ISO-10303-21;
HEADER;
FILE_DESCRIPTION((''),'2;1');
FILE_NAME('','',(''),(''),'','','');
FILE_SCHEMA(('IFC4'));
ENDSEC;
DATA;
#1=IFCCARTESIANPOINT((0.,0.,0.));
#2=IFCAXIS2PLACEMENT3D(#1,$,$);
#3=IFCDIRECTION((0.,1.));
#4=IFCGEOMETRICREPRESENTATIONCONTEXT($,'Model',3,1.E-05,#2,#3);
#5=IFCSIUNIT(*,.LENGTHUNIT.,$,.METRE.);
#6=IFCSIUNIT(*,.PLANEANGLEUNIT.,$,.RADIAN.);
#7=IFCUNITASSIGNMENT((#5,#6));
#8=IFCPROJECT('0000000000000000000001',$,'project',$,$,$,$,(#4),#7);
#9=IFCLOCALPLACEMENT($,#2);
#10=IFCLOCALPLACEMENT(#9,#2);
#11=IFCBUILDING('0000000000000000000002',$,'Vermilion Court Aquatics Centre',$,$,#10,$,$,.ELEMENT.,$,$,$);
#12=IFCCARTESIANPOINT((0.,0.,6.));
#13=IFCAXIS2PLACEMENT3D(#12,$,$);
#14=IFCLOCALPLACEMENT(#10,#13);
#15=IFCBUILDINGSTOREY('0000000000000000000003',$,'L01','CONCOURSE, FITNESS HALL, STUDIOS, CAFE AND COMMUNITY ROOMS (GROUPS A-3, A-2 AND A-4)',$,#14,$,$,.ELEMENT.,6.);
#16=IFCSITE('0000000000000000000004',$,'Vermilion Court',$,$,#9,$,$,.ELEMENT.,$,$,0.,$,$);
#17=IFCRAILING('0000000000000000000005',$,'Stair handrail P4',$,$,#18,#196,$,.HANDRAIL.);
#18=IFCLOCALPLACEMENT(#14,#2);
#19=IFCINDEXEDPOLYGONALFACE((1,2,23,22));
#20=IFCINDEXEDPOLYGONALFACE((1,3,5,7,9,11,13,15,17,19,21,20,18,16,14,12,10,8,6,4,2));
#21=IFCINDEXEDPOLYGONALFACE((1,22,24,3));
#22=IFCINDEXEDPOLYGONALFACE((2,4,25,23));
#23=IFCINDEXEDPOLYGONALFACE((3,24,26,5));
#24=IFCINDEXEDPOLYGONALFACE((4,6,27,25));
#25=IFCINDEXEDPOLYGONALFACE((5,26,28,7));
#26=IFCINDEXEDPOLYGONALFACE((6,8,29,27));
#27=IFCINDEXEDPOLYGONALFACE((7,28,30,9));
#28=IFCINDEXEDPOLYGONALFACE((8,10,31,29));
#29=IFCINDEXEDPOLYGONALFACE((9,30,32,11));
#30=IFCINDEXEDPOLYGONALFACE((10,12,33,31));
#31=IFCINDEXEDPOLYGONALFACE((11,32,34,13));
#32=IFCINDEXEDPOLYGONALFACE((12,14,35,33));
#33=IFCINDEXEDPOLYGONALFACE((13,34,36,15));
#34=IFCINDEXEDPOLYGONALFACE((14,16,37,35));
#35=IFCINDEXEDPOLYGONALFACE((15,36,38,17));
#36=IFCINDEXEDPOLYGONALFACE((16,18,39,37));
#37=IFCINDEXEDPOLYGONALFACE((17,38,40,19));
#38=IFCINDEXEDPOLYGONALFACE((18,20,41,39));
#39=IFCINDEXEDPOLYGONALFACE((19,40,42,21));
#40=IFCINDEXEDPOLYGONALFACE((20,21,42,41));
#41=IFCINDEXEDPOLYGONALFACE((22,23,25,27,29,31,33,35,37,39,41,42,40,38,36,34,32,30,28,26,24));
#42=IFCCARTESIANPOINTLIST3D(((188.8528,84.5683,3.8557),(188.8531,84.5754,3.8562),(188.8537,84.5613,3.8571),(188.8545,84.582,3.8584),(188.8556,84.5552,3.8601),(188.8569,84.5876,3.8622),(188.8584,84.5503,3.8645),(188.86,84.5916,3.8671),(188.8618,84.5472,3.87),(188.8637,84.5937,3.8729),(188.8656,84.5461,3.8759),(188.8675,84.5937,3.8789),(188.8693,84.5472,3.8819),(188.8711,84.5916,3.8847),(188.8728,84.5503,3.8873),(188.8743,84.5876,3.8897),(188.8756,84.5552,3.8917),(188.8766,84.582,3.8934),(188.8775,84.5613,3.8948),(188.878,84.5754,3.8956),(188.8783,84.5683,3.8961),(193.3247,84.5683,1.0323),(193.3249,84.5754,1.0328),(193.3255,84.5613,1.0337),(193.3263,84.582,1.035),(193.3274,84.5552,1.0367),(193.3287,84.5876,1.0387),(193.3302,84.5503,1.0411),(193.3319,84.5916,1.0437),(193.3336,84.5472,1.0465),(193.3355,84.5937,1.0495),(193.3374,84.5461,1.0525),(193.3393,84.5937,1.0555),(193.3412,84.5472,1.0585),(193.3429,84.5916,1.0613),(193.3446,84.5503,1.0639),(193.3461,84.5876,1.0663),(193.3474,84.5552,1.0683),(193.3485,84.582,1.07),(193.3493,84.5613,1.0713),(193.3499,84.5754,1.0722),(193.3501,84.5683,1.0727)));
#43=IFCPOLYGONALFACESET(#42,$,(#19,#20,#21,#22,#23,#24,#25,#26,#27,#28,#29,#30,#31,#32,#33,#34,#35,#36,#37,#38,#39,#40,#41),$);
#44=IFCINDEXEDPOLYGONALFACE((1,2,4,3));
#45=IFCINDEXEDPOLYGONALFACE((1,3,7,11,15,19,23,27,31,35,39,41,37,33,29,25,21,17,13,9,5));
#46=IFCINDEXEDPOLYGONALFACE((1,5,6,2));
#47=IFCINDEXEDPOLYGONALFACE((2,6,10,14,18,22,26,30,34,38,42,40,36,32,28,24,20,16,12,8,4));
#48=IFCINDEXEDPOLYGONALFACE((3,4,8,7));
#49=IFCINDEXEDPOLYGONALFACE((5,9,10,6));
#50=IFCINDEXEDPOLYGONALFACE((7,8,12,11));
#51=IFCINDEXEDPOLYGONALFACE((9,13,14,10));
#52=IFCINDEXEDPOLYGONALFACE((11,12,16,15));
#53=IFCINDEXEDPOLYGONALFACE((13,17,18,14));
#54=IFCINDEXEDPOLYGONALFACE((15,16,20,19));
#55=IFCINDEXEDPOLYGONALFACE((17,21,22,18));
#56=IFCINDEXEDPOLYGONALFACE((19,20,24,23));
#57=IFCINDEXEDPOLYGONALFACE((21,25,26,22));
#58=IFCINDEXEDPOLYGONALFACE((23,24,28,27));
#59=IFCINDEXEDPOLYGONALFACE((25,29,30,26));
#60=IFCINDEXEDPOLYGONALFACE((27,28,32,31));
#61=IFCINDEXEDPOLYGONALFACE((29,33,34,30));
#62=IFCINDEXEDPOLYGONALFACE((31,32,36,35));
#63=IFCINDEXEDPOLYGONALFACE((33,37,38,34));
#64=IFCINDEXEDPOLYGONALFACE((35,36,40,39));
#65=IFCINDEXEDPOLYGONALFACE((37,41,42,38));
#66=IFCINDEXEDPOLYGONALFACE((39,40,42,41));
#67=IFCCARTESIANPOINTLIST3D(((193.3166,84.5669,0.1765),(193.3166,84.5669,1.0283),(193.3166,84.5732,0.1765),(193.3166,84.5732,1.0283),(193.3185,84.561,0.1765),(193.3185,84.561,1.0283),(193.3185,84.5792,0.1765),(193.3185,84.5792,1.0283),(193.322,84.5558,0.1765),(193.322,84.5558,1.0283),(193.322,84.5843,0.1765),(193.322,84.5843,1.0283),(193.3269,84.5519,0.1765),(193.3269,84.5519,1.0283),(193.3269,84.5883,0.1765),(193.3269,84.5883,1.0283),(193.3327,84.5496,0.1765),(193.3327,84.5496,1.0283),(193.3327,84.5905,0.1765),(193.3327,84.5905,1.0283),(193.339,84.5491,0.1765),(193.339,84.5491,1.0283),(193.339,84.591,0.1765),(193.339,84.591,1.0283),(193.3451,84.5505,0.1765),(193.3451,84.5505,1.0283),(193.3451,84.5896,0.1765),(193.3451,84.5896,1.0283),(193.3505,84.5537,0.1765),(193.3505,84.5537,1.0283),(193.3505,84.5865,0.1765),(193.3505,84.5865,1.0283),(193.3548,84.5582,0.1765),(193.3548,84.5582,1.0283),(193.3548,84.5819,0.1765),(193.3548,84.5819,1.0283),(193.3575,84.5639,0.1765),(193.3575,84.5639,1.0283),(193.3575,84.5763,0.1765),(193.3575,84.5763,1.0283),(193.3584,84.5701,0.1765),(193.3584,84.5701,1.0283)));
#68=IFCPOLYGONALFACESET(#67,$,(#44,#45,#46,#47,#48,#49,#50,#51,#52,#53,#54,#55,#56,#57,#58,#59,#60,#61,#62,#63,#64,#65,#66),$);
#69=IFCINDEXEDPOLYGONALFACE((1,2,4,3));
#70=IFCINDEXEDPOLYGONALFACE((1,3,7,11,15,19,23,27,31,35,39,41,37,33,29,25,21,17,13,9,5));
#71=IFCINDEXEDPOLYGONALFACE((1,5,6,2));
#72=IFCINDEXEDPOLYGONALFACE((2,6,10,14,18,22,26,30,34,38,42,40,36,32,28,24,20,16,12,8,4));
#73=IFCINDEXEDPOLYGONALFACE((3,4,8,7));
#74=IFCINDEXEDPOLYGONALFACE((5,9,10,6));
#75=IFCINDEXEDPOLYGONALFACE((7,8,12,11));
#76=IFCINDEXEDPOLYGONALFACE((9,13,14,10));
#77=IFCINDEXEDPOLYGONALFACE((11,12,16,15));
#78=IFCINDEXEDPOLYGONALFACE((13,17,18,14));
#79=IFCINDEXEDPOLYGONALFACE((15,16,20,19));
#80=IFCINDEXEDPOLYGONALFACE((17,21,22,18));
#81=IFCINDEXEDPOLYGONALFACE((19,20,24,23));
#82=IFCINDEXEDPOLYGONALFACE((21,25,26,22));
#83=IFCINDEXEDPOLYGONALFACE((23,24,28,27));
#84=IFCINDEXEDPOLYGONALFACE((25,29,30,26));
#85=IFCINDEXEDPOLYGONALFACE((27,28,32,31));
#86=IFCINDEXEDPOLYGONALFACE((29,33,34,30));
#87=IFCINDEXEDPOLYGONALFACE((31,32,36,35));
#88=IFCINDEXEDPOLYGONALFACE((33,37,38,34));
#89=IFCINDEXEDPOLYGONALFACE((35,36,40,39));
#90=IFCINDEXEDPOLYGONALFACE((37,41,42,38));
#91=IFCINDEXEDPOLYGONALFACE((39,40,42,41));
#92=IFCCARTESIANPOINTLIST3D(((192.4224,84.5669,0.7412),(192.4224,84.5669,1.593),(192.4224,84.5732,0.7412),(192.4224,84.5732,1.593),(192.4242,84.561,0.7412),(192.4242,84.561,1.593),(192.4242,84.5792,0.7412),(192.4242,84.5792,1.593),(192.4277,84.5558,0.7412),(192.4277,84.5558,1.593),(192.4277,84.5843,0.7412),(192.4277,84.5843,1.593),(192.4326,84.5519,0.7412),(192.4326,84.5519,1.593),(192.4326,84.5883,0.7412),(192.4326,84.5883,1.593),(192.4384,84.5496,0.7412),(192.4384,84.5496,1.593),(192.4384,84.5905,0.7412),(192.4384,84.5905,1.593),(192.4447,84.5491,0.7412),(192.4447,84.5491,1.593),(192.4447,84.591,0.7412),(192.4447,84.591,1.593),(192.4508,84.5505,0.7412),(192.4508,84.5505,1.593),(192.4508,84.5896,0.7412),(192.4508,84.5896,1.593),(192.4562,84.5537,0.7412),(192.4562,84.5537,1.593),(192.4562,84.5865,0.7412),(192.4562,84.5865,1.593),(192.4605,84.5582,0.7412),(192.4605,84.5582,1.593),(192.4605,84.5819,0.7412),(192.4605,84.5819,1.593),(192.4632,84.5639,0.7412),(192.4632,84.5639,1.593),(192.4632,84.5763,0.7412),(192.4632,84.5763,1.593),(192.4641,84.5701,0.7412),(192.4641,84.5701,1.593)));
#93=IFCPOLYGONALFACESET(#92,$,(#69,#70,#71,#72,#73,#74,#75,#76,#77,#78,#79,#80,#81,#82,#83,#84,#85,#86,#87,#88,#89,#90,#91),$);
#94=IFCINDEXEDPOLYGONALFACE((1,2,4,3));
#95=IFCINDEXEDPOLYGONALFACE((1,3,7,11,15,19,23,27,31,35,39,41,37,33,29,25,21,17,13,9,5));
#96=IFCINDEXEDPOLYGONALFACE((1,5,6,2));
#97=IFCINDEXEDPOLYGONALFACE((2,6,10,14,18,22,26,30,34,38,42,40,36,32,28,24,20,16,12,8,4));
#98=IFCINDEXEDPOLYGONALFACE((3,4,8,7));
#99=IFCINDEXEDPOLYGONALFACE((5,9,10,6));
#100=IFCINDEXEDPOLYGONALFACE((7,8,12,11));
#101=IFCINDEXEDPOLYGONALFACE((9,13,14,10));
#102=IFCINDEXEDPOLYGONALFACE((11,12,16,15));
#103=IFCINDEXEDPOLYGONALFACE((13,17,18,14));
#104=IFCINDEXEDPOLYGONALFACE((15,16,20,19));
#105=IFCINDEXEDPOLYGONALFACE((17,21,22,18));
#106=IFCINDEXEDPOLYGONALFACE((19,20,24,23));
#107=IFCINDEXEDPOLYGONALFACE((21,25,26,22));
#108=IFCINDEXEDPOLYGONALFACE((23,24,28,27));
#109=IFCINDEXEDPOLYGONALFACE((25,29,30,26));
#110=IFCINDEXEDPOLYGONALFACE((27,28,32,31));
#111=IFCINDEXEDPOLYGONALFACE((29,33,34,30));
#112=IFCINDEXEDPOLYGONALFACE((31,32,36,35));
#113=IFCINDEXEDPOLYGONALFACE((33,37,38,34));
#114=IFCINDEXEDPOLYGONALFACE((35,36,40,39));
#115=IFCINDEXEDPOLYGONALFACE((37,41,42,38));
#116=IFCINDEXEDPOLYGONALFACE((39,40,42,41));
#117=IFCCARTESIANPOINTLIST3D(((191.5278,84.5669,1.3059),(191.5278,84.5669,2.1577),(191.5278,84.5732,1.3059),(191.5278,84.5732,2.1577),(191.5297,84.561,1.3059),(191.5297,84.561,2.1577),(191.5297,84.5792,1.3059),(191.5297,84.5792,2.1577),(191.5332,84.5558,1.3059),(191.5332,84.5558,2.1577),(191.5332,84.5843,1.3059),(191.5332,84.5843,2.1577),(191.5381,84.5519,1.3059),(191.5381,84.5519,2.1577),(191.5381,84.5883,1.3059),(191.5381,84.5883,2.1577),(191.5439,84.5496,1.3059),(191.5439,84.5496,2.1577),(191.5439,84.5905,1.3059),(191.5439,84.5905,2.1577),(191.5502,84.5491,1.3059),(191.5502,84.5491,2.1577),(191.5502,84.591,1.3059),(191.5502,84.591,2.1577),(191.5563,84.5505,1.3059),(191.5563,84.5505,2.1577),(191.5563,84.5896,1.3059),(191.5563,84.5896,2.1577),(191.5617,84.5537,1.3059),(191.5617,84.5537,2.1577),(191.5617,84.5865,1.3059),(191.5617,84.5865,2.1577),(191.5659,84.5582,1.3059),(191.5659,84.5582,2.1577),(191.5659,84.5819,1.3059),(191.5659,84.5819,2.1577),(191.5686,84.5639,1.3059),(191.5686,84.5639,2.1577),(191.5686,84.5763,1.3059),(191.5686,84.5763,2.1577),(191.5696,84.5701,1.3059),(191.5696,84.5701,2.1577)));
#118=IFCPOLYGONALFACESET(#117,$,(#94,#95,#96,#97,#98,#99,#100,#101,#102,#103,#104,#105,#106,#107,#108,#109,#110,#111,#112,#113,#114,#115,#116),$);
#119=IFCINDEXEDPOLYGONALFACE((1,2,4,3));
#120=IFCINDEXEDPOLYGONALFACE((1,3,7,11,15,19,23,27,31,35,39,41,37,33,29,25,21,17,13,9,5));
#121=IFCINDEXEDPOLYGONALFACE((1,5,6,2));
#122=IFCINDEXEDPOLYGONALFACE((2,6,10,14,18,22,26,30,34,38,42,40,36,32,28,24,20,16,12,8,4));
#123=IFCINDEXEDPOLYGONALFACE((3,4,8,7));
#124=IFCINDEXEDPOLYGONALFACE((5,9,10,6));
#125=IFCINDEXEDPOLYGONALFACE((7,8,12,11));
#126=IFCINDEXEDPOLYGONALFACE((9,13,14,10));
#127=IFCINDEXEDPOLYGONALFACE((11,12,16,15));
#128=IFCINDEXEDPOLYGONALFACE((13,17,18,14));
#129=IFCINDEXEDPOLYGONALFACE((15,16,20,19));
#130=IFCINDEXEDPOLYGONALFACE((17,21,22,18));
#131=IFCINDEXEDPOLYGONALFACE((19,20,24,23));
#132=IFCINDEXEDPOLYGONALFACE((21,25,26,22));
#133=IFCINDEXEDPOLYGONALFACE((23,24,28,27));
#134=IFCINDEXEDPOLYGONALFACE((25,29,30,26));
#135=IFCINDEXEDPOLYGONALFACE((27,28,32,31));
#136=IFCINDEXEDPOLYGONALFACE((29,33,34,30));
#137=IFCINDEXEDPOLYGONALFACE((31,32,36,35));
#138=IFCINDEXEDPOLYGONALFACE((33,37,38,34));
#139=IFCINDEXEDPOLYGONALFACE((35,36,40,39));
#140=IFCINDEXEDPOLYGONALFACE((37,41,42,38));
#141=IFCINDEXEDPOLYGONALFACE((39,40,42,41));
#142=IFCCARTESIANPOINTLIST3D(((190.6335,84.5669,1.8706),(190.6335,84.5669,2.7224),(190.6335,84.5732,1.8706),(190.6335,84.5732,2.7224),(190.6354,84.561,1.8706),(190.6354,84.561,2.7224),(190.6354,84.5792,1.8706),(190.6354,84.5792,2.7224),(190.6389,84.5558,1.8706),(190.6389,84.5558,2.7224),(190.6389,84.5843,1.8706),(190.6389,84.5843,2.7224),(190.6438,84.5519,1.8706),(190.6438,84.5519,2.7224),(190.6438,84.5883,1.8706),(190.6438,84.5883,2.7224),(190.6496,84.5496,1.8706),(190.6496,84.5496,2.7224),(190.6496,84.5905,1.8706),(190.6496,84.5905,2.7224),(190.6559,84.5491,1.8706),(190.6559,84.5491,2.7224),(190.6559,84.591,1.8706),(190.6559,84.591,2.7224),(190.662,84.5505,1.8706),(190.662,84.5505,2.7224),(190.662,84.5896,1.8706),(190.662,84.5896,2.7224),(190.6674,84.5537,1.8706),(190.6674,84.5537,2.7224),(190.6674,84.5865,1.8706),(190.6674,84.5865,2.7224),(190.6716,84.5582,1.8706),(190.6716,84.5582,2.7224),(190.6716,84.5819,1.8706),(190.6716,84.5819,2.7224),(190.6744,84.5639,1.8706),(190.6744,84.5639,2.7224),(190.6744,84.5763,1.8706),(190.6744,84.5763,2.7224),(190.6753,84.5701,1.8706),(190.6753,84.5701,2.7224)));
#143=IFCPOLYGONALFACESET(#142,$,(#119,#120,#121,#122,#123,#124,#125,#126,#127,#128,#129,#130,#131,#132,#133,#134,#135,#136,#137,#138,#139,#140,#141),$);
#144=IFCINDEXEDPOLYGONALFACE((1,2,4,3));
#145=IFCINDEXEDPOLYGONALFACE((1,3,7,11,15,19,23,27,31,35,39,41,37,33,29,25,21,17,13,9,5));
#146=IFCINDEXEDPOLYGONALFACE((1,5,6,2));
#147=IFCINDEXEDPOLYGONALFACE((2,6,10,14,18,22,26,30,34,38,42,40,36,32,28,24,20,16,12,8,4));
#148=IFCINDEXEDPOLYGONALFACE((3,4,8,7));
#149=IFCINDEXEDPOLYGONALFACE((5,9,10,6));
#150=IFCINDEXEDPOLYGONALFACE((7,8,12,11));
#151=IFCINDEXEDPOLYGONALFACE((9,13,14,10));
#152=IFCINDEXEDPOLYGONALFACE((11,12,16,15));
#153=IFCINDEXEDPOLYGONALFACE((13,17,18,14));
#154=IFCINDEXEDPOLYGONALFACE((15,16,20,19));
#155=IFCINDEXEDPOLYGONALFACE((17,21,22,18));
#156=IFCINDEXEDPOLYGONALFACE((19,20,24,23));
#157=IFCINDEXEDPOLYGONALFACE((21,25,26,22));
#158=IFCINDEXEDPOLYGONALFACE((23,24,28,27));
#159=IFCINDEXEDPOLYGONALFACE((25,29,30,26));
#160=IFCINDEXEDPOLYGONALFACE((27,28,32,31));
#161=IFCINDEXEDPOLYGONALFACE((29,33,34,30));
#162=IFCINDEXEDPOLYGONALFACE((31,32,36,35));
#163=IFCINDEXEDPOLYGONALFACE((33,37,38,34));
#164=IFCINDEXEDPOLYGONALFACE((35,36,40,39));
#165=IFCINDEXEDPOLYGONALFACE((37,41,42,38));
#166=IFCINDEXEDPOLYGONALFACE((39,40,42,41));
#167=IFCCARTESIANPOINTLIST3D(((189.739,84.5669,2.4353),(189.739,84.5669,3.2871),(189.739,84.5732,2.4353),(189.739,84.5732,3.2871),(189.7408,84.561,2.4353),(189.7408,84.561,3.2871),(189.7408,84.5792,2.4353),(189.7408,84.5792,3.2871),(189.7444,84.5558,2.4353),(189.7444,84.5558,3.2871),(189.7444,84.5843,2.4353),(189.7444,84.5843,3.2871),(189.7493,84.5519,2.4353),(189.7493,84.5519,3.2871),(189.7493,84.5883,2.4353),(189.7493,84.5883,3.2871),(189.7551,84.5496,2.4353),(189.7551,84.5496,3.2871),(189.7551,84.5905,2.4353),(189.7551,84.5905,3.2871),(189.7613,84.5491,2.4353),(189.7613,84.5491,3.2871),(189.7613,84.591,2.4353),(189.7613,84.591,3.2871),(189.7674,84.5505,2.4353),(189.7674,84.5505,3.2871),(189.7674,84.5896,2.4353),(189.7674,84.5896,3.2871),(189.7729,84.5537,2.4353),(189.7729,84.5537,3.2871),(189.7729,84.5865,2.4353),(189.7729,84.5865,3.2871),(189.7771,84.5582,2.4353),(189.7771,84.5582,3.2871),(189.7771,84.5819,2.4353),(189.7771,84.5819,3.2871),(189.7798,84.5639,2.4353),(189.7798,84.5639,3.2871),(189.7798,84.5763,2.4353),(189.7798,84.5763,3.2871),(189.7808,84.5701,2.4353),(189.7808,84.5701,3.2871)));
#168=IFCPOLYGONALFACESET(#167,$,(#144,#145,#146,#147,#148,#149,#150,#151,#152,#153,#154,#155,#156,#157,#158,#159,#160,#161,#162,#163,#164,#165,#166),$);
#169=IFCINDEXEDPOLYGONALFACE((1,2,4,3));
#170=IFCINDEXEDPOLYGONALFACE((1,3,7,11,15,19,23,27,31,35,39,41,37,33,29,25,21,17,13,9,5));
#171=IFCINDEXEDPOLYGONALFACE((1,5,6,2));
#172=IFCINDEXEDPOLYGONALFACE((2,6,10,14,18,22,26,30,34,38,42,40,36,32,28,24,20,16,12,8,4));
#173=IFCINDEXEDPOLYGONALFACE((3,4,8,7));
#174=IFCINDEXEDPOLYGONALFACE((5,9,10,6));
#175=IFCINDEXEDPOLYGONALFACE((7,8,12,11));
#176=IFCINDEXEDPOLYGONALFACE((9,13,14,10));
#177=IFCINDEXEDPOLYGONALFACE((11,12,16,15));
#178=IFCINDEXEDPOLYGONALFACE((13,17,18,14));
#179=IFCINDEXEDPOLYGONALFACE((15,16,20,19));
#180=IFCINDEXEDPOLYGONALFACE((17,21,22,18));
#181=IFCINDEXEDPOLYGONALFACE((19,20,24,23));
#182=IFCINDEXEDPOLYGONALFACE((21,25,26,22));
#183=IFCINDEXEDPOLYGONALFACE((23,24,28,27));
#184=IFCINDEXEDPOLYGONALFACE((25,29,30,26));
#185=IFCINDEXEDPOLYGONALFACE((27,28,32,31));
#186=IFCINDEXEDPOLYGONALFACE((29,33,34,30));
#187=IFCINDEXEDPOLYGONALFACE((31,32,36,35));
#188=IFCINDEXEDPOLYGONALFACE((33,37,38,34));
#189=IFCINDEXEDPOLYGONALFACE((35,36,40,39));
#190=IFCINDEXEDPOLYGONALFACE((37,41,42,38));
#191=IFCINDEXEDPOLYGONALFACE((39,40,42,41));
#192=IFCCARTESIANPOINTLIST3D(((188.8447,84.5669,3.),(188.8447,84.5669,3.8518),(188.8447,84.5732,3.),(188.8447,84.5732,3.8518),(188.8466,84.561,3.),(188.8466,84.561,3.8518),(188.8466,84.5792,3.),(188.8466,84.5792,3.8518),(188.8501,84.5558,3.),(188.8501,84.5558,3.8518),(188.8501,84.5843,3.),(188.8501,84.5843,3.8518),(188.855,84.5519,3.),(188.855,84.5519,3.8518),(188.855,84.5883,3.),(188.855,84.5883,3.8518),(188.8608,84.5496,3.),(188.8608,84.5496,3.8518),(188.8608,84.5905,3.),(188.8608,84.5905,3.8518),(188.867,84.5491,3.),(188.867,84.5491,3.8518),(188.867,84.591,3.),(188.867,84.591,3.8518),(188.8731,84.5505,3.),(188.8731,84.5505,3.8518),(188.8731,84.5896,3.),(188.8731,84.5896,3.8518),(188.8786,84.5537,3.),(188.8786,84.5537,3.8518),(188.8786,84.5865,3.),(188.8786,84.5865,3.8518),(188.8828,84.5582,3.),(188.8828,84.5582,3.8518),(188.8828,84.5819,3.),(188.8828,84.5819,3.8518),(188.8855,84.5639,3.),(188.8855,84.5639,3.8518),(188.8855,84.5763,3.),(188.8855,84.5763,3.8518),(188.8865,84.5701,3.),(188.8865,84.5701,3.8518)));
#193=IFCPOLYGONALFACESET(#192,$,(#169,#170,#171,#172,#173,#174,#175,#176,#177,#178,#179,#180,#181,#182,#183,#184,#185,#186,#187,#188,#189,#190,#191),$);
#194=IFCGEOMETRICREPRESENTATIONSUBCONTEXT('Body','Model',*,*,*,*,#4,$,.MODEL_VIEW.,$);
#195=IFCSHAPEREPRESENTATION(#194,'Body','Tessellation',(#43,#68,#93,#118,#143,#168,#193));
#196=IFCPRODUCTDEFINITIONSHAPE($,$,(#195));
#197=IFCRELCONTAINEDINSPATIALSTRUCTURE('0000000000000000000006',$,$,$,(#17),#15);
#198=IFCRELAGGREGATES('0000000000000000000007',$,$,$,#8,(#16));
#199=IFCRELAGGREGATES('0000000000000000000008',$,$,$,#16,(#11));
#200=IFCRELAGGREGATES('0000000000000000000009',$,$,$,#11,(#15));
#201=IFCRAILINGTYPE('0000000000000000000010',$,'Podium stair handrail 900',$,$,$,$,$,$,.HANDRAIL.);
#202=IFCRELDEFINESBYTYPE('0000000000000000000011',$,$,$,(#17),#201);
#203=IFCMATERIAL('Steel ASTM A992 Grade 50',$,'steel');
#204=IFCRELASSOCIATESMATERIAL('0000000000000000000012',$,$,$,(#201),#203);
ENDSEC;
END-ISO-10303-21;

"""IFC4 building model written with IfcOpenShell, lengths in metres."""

from ifc_helpers import new_model, si_unit, direction, frame, origin, origin_2d, place, context, subcontext, project, spatial, circle, extrude, material, type_object, element, save


model = new_model("IFC4")

# Units and contexts
model_context = context("Model", 3, precision=1e-05, world=origin(), true_north=direction((0.0, 1.0)))
body_context = subcontext(model_context, "Body", "Model", "MODEL_VIEW")
ifc_project = project(units=[si_unit("LENGTHUNIT", "METRE"), si_unit("PLANEANGLEUNIT", "RADIAN")], contexts=[model_context])

# Site, building, storey
site_placement = place(None, origin())
site = spatial("IfcSite", under=ifc_project, at=site_placement, Name="Vermilion Court", CompositionType="ELEMENT", RefElevation=0.0)
building_placement = place(site_placement, origin())
building = spatial("IfcBuilding", under=site, at=building_placement, Name="Vermilion Court Aquatics Centre", CompositionType="ELEMENT")
storey_placement = place(building_placement, frame((0.0, 0.0, 6.0)))
storey = spatial("IfcBuildingStorey", under=building, at=storey_placement, Name="L01", Description="CONCOURSE, FITNESS HALL, STUDIOS, CAFE AND COMMUNITY ROOMS (GROUPS A-3, A-2 AND A-4)", CompositionType="ELEMENT", Elevation=6.0)

# Railing
ifc_material_1 = material(Name="Steel ASTM A992 Grade 50", Category="steel")
railing_type_1 = type_object("IfcRailingType", Name="Podium stair handrail 900", PredefinedType="HANDRAIL", material=ifc_material_1)
for number, where, name in (
    (1, (193.3374, 84.5701, 0.1765), "Stair handrail P4"),
):
    element("IfcRailing", number, at=place(storey_placement, frame(where)), inside=storey, type_object=railing_type_1, Name=name, PredefinedType="HANDRAIL", context=body_context, shape_type="SweptSolid", body=[
        extrude(circle(Radius=0.0239, at=origin_2d()), frame((0.0, 0.0, 0.876), z_axis=(-0.845565, 0.0, 0.533873), x_axis=(0.0, -1.0, 0.0)), (0.0, 0.0, 1.0), 5.2886),
        extrude(circle(Radius=0.021, at=origin_2d()), origin(), (0.0, 0.0, 1.0), 0.8518),
        extrude(circle(Radius=0.021, at=origin_2d()), frame((-0.8943, 0.0, 0.5647)), (0.0, 0.0, 1.0), 0.8518),
        extrude(circle(Radius=0.021, at=origin_2d()), frame((-1.7888, 0.0, 1.1294)), (0.0, 0.0, 1.0), 0.8518),
        extrude(circle(Radius=0.021, at=origin_2d()), frame((-2.6831, 0.0, 1.6941)), (0.0, 0.0, 1.0), 0.8518),
        extrude(circle(Radius=0.021, at=origin_2d()), frame((-3.5776, 0.0, 2.2588)), (0.0, 0.0, 1.0), 0.8518),
        extrude(circle(Radius=0.021, at=origin_2d()), frame((-4.4719, 0.0, 2.8235)), (0.0, 0.0, 1.0), 0.8518),
    ])

save(model, "model.ifc")
